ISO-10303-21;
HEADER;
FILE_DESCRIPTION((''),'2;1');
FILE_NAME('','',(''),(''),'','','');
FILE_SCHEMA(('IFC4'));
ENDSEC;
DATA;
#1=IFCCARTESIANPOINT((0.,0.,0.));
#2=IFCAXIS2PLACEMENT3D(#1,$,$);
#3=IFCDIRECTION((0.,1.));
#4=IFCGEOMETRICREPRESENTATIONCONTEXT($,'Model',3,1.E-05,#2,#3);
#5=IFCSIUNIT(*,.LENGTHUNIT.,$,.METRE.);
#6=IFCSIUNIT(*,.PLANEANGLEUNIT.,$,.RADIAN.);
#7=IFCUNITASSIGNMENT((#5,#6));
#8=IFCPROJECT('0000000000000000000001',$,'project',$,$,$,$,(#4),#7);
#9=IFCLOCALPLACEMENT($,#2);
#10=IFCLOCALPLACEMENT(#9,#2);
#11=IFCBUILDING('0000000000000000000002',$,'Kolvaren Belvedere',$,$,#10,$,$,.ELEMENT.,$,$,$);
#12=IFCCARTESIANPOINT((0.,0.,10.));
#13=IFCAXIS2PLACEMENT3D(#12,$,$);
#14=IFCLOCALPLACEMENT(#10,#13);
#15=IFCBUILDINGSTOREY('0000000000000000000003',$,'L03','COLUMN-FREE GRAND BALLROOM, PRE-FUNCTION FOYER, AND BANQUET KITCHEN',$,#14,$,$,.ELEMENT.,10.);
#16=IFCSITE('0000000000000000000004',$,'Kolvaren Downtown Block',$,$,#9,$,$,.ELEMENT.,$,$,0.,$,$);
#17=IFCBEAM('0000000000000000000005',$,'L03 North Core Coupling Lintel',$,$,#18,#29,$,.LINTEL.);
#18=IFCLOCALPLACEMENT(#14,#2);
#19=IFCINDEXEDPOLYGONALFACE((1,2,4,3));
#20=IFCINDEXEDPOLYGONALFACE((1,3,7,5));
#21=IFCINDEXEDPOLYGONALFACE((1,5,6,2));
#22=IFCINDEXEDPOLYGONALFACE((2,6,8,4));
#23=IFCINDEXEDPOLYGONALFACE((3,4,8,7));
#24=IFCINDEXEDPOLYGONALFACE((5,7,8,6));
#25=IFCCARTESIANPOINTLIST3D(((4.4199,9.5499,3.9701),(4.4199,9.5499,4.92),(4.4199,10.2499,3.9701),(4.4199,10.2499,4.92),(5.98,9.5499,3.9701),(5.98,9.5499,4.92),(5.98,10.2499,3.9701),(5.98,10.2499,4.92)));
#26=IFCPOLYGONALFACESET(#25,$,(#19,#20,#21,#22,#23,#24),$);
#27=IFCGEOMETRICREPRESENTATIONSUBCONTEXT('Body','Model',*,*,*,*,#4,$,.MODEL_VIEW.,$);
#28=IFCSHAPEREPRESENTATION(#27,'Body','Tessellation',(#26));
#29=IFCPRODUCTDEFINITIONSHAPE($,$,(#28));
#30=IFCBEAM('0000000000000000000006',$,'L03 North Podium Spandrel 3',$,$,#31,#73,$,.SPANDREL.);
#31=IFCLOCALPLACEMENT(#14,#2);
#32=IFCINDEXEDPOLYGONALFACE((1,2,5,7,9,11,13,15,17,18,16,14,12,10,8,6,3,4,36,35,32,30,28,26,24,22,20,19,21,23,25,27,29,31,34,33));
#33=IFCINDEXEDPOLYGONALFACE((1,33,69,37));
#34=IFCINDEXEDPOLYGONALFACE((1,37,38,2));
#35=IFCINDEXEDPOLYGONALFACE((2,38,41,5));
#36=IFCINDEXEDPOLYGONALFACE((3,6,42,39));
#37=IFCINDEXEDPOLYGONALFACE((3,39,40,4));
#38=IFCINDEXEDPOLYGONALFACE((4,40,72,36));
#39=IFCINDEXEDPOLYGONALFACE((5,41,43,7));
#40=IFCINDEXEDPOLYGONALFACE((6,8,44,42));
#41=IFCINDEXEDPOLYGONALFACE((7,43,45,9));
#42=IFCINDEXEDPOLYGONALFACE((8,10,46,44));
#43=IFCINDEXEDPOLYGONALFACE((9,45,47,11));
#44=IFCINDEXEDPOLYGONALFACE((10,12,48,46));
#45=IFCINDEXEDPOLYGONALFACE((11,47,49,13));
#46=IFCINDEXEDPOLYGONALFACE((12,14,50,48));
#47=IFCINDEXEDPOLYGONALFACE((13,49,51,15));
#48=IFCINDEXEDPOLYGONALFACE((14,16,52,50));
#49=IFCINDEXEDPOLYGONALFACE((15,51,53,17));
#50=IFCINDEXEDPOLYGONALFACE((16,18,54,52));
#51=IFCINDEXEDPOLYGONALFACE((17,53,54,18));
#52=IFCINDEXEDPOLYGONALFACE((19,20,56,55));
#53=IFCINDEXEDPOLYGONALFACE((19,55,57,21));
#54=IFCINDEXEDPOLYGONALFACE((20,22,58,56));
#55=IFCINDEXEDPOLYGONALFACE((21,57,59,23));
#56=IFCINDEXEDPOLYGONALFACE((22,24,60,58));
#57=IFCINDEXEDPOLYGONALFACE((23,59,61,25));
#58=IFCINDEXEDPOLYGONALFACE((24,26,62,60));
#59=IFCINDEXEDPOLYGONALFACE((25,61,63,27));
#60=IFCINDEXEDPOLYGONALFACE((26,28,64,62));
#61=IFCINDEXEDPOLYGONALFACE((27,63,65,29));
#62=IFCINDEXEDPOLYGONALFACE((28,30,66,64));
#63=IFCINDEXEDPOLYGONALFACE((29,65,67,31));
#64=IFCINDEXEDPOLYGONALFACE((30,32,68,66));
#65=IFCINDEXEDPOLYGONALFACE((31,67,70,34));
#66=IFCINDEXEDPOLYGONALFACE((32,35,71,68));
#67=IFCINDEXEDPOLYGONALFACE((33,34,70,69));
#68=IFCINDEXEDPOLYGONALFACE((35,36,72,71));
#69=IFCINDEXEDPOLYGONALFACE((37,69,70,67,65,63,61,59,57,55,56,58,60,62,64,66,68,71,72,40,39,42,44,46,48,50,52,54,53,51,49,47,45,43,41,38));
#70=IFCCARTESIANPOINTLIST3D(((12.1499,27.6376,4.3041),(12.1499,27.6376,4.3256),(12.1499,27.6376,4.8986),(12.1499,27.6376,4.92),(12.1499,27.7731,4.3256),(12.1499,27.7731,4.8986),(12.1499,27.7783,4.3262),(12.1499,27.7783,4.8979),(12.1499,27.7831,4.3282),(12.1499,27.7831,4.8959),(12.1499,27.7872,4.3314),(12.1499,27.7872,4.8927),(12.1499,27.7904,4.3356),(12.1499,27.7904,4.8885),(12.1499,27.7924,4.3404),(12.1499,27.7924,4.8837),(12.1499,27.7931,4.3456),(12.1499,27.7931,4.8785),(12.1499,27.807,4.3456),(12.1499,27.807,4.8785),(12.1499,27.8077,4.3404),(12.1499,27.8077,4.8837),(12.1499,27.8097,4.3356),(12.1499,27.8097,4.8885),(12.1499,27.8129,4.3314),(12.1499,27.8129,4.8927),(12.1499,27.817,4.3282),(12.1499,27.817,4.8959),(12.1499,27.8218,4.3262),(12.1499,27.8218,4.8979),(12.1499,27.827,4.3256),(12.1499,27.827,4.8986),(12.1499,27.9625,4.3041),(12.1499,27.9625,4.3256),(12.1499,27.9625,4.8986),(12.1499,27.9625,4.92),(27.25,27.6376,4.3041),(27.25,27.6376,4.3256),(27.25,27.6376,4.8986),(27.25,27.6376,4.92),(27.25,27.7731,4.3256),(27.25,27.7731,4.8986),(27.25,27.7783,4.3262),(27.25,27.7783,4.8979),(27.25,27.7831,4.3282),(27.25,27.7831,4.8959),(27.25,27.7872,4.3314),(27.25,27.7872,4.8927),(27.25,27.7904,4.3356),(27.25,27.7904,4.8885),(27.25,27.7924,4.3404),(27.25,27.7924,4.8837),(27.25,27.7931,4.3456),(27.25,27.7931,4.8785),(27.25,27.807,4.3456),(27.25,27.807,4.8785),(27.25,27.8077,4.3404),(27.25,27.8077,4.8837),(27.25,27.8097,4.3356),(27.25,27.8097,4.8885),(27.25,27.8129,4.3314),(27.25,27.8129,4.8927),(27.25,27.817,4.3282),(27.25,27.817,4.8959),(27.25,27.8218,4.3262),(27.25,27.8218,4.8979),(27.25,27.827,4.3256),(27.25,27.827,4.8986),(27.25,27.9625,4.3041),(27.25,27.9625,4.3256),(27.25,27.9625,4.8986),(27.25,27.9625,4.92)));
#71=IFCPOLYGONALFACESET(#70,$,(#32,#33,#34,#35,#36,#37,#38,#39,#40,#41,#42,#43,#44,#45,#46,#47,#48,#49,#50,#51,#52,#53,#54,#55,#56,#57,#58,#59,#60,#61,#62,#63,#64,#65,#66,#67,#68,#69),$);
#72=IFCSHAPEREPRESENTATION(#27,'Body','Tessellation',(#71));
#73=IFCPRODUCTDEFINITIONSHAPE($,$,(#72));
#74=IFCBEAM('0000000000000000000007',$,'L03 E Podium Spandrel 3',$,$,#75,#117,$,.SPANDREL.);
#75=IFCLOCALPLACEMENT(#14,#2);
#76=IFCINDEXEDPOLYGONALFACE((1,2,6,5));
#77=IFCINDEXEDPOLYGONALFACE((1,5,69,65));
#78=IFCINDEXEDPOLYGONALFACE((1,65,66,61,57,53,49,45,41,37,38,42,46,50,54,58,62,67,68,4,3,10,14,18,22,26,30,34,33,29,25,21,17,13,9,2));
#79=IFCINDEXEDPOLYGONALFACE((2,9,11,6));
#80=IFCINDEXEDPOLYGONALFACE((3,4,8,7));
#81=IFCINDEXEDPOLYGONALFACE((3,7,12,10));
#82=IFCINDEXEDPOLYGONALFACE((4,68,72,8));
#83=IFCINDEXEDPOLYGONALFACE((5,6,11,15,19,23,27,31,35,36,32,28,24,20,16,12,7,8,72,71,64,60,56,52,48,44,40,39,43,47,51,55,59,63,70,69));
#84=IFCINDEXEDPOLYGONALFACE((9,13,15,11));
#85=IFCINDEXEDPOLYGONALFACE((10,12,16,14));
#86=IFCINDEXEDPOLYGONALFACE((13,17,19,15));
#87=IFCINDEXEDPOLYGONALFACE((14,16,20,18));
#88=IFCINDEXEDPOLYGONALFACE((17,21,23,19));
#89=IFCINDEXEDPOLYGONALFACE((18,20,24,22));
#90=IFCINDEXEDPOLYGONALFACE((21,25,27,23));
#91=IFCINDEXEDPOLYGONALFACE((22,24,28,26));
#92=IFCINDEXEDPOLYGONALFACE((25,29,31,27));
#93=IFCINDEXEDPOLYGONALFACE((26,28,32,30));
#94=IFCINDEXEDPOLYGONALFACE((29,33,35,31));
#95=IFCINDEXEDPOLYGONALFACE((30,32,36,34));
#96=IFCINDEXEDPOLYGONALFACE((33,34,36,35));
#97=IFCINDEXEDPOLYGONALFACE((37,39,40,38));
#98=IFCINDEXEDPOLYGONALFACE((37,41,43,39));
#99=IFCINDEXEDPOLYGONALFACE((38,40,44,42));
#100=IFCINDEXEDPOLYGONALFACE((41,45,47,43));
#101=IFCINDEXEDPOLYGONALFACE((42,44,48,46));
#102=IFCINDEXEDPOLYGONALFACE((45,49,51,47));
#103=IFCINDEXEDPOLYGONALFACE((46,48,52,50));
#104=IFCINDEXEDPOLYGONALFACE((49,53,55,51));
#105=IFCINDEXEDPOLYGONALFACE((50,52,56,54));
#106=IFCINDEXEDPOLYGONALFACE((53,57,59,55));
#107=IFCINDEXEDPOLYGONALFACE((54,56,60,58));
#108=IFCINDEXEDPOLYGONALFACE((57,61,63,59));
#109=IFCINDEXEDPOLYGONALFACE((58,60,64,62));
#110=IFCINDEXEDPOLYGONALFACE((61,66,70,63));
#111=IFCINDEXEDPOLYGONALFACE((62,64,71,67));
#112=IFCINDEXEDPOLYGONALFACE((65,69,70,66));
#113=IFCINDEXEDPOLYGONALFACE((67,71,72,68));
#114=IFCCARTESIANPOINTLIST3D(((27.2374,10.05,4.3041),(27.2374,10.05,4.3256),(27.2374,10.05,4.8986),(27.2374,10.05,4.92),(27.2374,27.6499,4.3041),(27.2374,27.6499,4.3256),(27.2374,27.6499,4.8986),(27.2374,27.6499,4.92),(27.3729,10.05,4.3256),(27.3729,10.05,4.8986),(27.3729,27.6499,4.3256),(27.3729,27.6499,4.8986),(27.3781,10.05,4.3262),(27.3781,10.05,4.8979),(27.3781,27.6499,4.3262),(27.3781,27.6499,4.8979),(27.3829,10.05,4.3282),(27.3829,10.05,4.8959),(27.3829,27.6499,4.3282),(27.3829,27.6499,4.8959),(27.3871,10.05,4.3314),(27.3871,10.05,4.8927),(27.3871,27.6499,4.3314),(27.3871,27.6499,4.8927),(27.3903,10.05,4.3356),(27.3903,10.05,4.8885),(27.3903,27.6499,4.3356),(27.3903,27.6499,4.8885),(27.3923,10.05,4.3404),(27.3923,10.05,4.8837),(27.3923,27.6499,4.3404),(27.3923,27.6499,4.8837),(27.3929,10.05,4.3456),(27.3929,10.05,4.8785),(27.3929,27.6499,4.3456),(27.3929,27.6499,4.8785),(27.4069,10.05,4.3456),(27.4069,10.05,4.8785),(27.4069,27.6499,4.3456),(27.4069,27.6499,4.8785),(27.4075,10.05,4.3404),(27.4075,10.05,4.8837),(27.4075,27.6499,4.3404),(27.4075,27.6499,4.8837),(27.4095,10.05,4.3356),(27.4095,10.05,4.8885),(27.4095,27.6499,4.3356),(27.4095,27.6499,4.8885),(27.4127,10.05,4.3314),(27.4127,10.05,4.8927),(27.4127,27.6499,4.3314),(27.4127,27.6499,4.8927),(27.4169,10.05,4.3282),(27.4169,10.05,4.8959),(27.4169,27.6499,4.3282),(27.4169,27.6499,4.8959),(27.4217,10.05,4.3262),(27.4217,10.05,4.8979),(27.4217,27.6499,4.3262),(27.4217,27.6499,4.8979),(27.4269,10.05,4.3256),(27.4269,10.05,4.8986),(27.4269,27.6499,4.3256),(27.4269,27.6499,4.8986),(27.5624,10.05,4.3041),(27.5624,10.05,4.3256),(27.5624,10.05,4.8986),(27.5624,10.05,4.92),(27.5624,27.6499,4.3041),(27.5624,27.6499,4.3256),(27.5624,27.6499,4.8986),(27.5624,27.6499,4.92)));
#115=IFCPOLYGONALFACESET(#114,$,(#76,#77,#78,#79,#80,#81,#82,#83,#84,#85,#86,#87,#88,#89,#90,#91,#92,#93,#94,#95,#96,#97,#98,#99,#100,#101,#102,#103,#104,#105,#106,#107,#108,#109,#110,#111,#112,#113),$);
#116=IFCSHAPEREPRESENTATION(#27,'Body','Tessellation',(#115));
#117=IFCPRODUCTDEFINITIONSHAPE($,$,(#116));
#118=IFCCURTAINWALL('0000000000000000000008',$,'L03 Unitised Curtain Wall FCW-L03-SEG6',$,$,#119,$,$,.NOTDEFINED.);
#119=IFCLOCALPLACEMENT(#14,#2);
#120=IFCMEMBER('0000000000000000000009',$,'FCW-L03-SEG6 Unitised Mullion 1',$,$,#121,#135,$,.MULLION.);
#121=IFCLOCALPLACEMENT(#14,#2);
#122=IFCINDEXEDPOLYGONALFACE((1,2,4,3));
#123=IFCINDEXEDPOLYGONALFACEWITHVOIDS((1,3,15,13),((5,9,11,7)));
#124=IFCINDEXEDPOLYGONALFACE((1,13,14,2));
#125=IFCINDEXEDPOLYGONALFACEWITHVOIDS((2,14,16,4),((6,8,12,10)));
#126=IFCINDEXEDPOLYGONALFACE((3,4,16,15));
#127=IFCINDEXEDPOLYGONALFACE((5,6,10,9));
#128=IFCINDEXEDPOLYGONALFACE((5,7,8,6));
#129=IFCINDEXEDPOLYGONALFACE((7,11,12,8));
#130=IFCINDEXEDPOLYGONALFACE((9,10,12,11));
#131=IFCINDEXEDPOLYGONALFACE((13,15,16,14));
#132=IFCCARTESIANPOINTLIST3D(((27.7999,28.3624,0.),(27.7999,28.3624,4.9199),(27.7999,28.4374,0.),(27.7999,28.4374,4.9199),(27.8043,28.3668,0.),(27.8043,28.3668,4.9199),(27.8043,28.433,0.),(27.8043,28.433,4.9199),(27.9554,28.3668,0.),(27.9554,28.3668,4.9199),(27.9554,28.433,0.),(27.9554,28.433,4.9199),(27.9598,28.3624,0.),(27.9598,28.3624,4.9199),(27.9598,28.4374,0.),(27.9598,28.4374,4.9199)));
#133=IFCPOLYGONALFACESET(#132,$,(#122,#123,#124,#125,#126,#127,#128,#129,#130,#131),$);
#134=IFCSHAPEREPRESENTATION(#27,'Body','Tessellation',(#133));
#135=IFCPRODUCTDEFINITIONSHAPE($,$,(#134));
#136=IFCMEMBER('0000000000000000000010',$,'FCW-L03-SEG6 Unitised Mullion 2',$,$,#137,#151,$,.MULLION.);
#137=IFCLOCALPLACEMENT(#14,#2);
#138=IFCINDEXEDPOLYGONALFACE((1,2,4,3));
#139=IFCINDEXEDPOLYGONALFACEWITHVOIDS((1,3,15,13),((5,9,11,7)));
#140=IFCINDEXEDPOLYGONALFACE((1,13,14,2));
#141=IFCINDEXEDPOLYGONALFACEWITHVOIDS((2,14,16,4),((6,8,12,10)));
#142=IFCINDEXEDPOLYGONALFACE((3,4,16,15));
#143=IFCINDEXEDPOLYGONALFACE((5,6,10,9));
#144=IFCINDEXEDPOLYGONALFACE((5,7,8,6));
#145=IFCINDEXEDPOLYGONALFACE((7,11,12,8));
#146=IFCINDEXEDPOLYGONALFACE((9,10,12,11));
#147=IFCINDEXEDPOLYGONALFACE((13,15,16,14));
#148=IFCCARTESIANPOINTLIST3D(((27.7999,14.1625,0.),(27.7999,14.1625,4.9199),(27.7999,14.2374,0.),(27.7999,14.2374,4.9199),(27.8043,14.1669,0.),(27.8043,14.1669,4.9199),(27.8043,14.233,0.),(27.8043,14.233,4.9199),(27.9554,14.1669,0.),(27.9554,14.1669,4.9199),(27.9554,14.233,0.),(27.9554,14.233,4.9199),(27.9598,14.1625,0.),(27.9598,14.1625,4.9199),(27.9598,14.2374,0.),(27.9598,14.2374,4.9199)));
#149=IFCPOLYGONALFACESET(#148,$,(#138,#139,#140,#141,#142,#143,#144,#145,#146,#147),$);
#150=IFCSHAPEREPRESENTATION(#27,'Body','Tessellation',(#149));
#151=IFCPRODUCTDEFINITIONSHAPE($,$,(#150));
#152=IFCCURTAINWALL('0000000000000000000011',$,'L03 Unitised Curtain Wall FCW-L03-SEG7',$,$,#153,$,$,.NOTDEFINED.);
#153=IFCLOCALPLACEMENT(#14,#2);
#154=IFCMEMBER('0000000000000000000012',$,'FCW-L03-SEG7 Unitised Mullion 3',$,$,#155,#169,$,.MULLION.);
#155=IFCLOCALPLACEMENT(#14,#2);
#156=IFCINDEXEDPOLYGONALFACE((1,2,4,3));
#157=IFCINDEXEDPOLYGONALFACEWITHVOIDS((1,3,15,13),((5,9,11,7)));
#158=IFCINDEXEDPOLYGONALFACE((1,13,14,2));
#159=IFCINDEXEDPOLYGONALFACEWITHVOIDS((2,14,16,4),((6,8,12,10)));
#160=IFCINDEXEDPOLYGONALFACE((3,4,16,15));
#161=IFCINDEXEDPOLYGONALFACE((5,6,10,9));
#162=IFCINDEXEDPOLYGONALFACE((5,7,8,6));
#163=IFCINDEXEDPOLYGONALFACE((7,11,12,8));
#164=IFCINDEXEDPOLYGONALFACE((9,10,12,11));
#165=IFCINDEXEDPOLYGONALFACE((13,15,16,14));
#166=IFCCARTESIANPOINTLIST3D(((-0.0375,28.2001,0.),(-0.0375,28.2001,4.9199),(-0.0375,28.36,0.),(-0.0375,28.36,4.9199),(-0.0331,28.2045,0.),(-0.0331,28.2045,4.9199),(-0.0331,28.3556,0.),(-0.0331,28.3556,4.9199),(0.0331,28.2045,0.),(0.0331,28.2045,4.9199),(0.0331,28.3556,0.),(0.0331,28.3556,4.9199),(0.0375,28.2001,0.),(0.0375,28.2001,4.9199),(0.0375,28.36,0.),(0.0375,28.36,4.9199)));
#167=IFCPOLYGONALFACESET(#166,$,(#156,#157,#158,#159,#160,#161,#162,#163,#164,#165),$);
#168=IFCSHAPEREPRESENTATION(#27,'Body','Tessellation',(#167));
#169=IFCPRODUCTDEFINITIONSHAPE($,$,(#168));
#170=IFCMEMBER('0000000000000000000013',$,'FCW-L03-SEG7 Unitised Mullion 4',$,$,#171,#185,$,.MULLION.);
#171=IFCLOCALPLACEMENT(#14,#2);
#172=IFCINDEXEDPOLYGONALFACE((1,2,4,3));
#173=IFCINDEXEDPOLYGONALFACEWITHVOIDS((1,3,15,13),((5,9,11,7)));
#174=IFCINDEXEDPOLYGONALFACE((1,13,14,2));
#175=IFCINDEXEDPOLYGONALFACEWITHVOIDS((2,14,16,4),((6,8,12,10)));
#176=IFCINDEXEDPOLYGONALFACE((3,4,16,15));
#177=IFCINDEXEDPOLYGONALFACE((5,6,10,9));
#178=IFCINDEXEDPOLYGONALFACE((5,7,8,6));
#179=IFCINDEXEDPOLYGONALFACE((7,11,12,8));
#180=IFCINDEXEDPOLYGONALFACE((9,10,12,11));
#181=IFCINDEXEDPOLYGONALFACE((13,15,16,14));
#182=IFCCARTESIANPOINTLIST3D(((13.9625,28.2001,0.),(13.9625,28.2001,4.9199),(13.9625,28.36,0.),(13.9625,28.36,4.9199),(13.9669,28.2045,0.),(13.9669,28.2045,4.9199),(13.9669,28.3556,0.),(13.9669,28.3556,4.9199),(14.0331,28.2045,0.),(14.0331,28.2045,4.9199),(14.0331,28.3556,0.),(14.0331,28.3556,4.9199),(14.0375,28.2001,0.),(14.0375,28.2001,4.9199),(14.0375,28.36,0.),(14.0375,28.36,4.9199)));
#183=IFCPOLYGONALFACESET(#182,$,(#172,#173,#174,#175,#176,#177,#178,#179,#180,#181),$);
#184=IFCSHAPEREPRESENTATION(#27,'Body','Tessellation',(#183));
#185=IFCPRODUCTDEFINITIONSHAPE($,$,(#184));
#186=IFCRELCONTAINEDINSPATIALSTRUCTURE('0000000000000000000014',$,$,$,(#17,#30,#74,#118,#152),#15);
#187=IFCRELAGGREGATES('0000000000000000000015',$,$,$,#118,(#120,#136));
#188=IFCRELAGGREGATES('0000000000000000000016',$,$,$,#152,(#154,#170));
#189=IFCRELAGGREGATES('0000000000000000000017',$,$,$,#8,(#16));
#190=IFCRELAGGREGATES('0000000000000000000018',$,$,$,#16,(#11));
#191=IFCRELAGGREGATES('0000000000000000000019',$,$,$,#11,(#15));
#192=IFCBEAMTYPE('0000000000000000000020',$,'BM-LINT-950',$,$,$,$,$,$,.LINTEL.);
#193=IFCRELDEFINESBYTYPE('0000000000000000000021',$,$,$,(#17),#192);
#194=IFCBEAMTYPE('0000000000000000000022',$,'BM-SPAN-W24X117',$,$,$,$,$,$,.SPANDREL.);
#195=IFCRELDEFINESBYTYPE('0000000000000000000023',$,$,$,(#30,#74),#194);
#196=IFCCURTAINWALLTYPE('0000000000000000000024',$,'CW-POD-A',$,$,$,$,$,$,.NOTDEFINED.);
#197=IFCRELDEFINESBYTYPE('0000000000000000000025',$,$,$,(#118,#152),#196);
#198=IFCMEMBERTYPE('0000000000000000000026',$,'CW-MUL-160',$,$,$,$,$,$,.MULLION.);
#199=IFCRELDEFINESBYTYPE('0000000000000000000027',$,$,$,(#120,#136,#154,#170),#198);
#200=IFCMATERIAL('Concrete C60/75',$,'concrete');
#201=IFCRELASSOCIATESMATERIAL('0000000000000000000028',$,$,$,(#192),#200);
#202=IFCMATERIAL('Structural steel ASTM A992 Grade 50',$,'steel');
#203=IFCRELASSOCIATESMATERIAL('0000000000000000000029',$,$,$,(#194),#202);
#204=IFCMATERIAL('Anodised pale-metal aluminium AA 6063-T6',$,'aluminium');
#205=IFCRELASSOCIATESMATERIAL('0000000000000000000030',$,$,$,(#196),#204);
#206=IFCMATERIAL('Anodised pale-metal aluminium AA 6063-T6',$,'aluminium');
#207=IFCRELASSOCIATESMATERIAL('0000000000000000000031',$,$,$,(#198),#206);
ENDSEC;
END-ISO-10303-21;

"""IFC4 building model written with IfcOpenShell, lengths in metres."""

from ifc_helpers import new_model, si_unit, direction, frame, origin, origin_2d, place, context, subcontext, project, spatial, rectangle, hollow_rectangle, i_section, extrude, material, material_profile, profile_set, type_object, element, aggregate, save


model = new_model("IFC4")

# Units and contexts
model_context = context("Model", 3, precision=1e-05, world=origin(), true_north=direction((0.0, 1.0)))
body_context = subcontext(model_context, "Body", "Model", "MODEL_VIEW")
ifc_project = project(units=[si_unit("LENGTHUNIT", "METRE"), si_unit("PLANEANGLEUNIT", "RADIAN")], contexts=[model_context])

# Site, building, storey
site_placement = place(None, origin())
site = spatial("IfcSite", under=ifc_project, at=site_placement, Name="Kolvaren Downtown Block", CompositionType="ELEMENT", RefElevation=0.0)
building_placement = place(site_placement, origin())
building = spatial("IfcBuilding", under=site, at=building_placement, Name="Kolvaren Belvedere", CompositionType="ELEMENT")
storey_placement = place(building_placement, frame((0.0, 0.0, 10.0)))
storey = spatial("IfcBuildingStorey", under=building, at=storey_placement, Name="L03", Description="COLUMN-FREE GRAND BALLROOM, PRE-FUNCTION FOYER, AND BANQUET KITCHEN", CompositionType="ELEMENT", Elevation=10.0)

# Beams
ifc_material_1 = material(Name="Concrete C60/75", Category="concrete")
ifc_material_profile_1 = material_profile(ifc_material_1, rectangle(XDim=0.7, YDim=0.95, at=origin_2d()), Name="RC 700X950")
ifc_profile_set_1 = profile_set([ifc_material_profile_1], Name="Concrete C60/75")
beam_type_1 = type_object("IfcBeamType", Name="BM-LINT-950", PredefinedType="LINTEL", material=ifc_profile_set_1)
beam_1_placement = place(storey_placement, frame((4.4199, 9.8999, 4.4451), z_axis=(1.0, 0.0, 0.0), x_axis=(0.0, 1.0, 0.0)))
element("IfcBeam", 1, at=beam_1_placement, inside=storey, type_object=beam_type_1, Name="L03 North Core Coupling Lintel", PredefinedType="LINTEL", context=body_context, shape_type="SweptSolid", body=[
    extrude(rectangle(XDim=0.7, YDim=0.95, at=origin_2d()), origin(), (0.0, 0.0, 1.0), 1.5601),
])
ifc_material_2 = material(Name="Structural steel ASTM A992 Grade 50", Category="steel")
ifc_material_profile_2 = material_profile(ifc_material_2, i_section(OverallWidth=0.325, OverallDepth=0.616, WebThickness=0.0139, FlangeThickness=0.0215, FilletRadius=0.02, at=origin_2d()), Name="W24X117")
ifc_profile_set_2 = profile_set([ifc_material_profile_2], Name="Structural steel ASTM A992 Grade 50")
beam_type_2 = type_object("IfcBeamType", Name="BM-SPAN-W24X117", PredefinedType="SPANDREL", material=ifc_profile_set_2)
beam_2_placement = place(storey_placement, frame((12.1499, 27.8, 4.6121), z_axis=(1.0, 0.0, 0.0), x_axis=(0.0, 1.0, 0.0)))
element("IfcBeam", 2, at=beam_2_placement, inside=storey, type_object=beam_type_2, Name="L03 North Podium Spandrel 3", PredefinedType="SPANDREL", context=body_context, shape_type="SweptSolid", body=[
    extrude(i_section(OverallWidth=0.325, OverallDepth=0.616, WebThickness=0.0139, FlangeThickness=0.0215, FilletRadius=0.02, at=origin_2d()), origin(), (0.0, 0.0, 1.0), 15.1001),
])
beam_3_placement = place(storey_placement, frame((27.3999, 10.05, 4.6121), z_axis=(0.0, 1.0, 0.0), x_axis=(-1.0, 0.0, 0.0)))
element("IfcBeam", 3, at=beam_3_placement, inside=storey, type_object=beam_type_2, Name="L03 E Podium Spandrel 3", PredefinedType="SPANDREL", context=body_context, shape_type="SweptSolid", body=[
    extrude(i_section(OverallWidth=0.325, OverallDepth=0.616, WebThickness=0.0139, FlangeThickness=0.0215, FilletRadius=0.02, at=origin_2d()), origin(), (0.0, 0.0, 1.0), 17.5999),
])

# Curtain walls, members
ifc_material_3 = material(Name="Anodised pale-metal aluminium AA 6063-T6", Category="aluminium")
curtain_wall_type = type_object("IfcCurtainWallType", Name="CW-POD-A", PredefinedType="NOTDEFINED", material=ifc_material_3)
curtain_wall_1_placement = place(storey_placement, origin())
curtain_wall_1 = element("IfcCurtainWall", 4, at=curtain_wall_1_placement, inside=storey, type_object=curtain_wall_type, Name="L03 Unitised Curtain Wall FCW-L03-SEG6", PredefinedType="NOTDEFINED")
ifc_material_4 = material(Name="Anodised pale-metal aluminium AA 6063-T6", Category="aluminium")
ifc_material_profile_3 = material_profile(ifc_material_4, hollow_rectangle(XDim=0.075, YDim=0.1599, WallThickness=0.0044, at=origin_2d()), Name="ALU-MUL-160X75")
ifc_profile_set_3 = profile_set([ifc_material_profile_3], Name="Anodised pale-metal aluminium AA 6063-T6")
member_type_1 = type_object("IfcMemberType", Name="CW-MUL-160", PredefinedType="MULLION", material=ifc_profile_set_3)
member_1_placement = place(storey_placement, frame((27.8799, 28.3999, 0.0), z_axis=(0.0, 0.0, 1.0), x_axis=(0.0, 1.0, 0.0)))
member_1 = element("IfcMember", 5, at=member_1_placement, type_object=member_type_1, Name="FCW-L03-SEG6 Unitised Mullion 1", PredefinedType="MULLION", context=body_context, shape_type="SweptSolid", body=[
    extrude(hollow_rectangle(XDim=0.075, YDim=0.1599, WallThickness=0.0044, at=origin_2d()), origin(), (0.0, 0.0, 1.0), 4.9199),
])
member_2_placement = place(storey_placement, frame((27.8799, 14.2, 0.0), z_axis=(0.0, 0.0, 1.0), x_axis=(0.0, 1.0, 0.0)))
member_2 = element("IfcMember", 6, at=member_2_placement, type_object=member_type_1, Name="FCW-L03-SEG6 Unitised Mullion 2", PredefinedType="MULLION", context=body_context, shape_type="SweptSolid", body=[
    extrude(hollow_rectangle(XDim=0.075, YDim=0.1599, WallThickness=0.0044, at=origin_2d()), origin(), (0.0, 0.0, 1.0), 4.9199),
])
curtain_wall_2_placement = place(storey_placement, origin())
curtain_wall_2 = element("IfcCurtainWall", 7, at=curtain_wall_2_placement, inside=storey, type_object=curtain_wall_type, Name="L03 Unitised Curtain Wall FCW-L03-SEG7", PredefinedType="NOTDEFINED")
member_3_placement = place(storey_placement, frame((0.0, 28.28, 0.0), z_axis=(0.0, 0.0, 1.0), x_axis=(1.0, 0.0, 0.0)))
member_3 = element("IfcMember", 8, at=member_3_placement, type_object=member_type_1, Name="FCW-L03-SEG7 Unitised Mullion 3", PredefinedType="MULLION", context=body_context, shape_type="SweptSolid", body=[
    extrude(hollow_rectangle(XDim=0.075, YDim=0.1599, WallThickness=0.0044, at=origin_2d()), origin(), (0.0, 0.0, 1.0), 4.9199),
])
member_4_placement = place(storey_placement, frame((14.0, 28.28, 0.0), z_axis=(0.0, 0.0, 1.0), x_axis=(1.0, 0.0, 0.0)))
member_4 = element("IfcMember", 9, at=member_4_placement, type_object=member_type_1, Name="FCW-L03-SEG7 Unitised Mullion 4", PredefinedType="MULLION", context=body_context, shape_type="SweptSolid", body=[
    extrude(hollow_rectangle(XDim=0.075, YDim=0.1599, WallThickness=0.0044, at=origin_2d()), origin(), (0.0, 0.0, 1.0), 4.9199),
])

aggregate(curtain_wall_1, [member_1, member_2])
aggregate(curtain_wall_2, [member_3, member_4])

save(model, "model.ifc")
